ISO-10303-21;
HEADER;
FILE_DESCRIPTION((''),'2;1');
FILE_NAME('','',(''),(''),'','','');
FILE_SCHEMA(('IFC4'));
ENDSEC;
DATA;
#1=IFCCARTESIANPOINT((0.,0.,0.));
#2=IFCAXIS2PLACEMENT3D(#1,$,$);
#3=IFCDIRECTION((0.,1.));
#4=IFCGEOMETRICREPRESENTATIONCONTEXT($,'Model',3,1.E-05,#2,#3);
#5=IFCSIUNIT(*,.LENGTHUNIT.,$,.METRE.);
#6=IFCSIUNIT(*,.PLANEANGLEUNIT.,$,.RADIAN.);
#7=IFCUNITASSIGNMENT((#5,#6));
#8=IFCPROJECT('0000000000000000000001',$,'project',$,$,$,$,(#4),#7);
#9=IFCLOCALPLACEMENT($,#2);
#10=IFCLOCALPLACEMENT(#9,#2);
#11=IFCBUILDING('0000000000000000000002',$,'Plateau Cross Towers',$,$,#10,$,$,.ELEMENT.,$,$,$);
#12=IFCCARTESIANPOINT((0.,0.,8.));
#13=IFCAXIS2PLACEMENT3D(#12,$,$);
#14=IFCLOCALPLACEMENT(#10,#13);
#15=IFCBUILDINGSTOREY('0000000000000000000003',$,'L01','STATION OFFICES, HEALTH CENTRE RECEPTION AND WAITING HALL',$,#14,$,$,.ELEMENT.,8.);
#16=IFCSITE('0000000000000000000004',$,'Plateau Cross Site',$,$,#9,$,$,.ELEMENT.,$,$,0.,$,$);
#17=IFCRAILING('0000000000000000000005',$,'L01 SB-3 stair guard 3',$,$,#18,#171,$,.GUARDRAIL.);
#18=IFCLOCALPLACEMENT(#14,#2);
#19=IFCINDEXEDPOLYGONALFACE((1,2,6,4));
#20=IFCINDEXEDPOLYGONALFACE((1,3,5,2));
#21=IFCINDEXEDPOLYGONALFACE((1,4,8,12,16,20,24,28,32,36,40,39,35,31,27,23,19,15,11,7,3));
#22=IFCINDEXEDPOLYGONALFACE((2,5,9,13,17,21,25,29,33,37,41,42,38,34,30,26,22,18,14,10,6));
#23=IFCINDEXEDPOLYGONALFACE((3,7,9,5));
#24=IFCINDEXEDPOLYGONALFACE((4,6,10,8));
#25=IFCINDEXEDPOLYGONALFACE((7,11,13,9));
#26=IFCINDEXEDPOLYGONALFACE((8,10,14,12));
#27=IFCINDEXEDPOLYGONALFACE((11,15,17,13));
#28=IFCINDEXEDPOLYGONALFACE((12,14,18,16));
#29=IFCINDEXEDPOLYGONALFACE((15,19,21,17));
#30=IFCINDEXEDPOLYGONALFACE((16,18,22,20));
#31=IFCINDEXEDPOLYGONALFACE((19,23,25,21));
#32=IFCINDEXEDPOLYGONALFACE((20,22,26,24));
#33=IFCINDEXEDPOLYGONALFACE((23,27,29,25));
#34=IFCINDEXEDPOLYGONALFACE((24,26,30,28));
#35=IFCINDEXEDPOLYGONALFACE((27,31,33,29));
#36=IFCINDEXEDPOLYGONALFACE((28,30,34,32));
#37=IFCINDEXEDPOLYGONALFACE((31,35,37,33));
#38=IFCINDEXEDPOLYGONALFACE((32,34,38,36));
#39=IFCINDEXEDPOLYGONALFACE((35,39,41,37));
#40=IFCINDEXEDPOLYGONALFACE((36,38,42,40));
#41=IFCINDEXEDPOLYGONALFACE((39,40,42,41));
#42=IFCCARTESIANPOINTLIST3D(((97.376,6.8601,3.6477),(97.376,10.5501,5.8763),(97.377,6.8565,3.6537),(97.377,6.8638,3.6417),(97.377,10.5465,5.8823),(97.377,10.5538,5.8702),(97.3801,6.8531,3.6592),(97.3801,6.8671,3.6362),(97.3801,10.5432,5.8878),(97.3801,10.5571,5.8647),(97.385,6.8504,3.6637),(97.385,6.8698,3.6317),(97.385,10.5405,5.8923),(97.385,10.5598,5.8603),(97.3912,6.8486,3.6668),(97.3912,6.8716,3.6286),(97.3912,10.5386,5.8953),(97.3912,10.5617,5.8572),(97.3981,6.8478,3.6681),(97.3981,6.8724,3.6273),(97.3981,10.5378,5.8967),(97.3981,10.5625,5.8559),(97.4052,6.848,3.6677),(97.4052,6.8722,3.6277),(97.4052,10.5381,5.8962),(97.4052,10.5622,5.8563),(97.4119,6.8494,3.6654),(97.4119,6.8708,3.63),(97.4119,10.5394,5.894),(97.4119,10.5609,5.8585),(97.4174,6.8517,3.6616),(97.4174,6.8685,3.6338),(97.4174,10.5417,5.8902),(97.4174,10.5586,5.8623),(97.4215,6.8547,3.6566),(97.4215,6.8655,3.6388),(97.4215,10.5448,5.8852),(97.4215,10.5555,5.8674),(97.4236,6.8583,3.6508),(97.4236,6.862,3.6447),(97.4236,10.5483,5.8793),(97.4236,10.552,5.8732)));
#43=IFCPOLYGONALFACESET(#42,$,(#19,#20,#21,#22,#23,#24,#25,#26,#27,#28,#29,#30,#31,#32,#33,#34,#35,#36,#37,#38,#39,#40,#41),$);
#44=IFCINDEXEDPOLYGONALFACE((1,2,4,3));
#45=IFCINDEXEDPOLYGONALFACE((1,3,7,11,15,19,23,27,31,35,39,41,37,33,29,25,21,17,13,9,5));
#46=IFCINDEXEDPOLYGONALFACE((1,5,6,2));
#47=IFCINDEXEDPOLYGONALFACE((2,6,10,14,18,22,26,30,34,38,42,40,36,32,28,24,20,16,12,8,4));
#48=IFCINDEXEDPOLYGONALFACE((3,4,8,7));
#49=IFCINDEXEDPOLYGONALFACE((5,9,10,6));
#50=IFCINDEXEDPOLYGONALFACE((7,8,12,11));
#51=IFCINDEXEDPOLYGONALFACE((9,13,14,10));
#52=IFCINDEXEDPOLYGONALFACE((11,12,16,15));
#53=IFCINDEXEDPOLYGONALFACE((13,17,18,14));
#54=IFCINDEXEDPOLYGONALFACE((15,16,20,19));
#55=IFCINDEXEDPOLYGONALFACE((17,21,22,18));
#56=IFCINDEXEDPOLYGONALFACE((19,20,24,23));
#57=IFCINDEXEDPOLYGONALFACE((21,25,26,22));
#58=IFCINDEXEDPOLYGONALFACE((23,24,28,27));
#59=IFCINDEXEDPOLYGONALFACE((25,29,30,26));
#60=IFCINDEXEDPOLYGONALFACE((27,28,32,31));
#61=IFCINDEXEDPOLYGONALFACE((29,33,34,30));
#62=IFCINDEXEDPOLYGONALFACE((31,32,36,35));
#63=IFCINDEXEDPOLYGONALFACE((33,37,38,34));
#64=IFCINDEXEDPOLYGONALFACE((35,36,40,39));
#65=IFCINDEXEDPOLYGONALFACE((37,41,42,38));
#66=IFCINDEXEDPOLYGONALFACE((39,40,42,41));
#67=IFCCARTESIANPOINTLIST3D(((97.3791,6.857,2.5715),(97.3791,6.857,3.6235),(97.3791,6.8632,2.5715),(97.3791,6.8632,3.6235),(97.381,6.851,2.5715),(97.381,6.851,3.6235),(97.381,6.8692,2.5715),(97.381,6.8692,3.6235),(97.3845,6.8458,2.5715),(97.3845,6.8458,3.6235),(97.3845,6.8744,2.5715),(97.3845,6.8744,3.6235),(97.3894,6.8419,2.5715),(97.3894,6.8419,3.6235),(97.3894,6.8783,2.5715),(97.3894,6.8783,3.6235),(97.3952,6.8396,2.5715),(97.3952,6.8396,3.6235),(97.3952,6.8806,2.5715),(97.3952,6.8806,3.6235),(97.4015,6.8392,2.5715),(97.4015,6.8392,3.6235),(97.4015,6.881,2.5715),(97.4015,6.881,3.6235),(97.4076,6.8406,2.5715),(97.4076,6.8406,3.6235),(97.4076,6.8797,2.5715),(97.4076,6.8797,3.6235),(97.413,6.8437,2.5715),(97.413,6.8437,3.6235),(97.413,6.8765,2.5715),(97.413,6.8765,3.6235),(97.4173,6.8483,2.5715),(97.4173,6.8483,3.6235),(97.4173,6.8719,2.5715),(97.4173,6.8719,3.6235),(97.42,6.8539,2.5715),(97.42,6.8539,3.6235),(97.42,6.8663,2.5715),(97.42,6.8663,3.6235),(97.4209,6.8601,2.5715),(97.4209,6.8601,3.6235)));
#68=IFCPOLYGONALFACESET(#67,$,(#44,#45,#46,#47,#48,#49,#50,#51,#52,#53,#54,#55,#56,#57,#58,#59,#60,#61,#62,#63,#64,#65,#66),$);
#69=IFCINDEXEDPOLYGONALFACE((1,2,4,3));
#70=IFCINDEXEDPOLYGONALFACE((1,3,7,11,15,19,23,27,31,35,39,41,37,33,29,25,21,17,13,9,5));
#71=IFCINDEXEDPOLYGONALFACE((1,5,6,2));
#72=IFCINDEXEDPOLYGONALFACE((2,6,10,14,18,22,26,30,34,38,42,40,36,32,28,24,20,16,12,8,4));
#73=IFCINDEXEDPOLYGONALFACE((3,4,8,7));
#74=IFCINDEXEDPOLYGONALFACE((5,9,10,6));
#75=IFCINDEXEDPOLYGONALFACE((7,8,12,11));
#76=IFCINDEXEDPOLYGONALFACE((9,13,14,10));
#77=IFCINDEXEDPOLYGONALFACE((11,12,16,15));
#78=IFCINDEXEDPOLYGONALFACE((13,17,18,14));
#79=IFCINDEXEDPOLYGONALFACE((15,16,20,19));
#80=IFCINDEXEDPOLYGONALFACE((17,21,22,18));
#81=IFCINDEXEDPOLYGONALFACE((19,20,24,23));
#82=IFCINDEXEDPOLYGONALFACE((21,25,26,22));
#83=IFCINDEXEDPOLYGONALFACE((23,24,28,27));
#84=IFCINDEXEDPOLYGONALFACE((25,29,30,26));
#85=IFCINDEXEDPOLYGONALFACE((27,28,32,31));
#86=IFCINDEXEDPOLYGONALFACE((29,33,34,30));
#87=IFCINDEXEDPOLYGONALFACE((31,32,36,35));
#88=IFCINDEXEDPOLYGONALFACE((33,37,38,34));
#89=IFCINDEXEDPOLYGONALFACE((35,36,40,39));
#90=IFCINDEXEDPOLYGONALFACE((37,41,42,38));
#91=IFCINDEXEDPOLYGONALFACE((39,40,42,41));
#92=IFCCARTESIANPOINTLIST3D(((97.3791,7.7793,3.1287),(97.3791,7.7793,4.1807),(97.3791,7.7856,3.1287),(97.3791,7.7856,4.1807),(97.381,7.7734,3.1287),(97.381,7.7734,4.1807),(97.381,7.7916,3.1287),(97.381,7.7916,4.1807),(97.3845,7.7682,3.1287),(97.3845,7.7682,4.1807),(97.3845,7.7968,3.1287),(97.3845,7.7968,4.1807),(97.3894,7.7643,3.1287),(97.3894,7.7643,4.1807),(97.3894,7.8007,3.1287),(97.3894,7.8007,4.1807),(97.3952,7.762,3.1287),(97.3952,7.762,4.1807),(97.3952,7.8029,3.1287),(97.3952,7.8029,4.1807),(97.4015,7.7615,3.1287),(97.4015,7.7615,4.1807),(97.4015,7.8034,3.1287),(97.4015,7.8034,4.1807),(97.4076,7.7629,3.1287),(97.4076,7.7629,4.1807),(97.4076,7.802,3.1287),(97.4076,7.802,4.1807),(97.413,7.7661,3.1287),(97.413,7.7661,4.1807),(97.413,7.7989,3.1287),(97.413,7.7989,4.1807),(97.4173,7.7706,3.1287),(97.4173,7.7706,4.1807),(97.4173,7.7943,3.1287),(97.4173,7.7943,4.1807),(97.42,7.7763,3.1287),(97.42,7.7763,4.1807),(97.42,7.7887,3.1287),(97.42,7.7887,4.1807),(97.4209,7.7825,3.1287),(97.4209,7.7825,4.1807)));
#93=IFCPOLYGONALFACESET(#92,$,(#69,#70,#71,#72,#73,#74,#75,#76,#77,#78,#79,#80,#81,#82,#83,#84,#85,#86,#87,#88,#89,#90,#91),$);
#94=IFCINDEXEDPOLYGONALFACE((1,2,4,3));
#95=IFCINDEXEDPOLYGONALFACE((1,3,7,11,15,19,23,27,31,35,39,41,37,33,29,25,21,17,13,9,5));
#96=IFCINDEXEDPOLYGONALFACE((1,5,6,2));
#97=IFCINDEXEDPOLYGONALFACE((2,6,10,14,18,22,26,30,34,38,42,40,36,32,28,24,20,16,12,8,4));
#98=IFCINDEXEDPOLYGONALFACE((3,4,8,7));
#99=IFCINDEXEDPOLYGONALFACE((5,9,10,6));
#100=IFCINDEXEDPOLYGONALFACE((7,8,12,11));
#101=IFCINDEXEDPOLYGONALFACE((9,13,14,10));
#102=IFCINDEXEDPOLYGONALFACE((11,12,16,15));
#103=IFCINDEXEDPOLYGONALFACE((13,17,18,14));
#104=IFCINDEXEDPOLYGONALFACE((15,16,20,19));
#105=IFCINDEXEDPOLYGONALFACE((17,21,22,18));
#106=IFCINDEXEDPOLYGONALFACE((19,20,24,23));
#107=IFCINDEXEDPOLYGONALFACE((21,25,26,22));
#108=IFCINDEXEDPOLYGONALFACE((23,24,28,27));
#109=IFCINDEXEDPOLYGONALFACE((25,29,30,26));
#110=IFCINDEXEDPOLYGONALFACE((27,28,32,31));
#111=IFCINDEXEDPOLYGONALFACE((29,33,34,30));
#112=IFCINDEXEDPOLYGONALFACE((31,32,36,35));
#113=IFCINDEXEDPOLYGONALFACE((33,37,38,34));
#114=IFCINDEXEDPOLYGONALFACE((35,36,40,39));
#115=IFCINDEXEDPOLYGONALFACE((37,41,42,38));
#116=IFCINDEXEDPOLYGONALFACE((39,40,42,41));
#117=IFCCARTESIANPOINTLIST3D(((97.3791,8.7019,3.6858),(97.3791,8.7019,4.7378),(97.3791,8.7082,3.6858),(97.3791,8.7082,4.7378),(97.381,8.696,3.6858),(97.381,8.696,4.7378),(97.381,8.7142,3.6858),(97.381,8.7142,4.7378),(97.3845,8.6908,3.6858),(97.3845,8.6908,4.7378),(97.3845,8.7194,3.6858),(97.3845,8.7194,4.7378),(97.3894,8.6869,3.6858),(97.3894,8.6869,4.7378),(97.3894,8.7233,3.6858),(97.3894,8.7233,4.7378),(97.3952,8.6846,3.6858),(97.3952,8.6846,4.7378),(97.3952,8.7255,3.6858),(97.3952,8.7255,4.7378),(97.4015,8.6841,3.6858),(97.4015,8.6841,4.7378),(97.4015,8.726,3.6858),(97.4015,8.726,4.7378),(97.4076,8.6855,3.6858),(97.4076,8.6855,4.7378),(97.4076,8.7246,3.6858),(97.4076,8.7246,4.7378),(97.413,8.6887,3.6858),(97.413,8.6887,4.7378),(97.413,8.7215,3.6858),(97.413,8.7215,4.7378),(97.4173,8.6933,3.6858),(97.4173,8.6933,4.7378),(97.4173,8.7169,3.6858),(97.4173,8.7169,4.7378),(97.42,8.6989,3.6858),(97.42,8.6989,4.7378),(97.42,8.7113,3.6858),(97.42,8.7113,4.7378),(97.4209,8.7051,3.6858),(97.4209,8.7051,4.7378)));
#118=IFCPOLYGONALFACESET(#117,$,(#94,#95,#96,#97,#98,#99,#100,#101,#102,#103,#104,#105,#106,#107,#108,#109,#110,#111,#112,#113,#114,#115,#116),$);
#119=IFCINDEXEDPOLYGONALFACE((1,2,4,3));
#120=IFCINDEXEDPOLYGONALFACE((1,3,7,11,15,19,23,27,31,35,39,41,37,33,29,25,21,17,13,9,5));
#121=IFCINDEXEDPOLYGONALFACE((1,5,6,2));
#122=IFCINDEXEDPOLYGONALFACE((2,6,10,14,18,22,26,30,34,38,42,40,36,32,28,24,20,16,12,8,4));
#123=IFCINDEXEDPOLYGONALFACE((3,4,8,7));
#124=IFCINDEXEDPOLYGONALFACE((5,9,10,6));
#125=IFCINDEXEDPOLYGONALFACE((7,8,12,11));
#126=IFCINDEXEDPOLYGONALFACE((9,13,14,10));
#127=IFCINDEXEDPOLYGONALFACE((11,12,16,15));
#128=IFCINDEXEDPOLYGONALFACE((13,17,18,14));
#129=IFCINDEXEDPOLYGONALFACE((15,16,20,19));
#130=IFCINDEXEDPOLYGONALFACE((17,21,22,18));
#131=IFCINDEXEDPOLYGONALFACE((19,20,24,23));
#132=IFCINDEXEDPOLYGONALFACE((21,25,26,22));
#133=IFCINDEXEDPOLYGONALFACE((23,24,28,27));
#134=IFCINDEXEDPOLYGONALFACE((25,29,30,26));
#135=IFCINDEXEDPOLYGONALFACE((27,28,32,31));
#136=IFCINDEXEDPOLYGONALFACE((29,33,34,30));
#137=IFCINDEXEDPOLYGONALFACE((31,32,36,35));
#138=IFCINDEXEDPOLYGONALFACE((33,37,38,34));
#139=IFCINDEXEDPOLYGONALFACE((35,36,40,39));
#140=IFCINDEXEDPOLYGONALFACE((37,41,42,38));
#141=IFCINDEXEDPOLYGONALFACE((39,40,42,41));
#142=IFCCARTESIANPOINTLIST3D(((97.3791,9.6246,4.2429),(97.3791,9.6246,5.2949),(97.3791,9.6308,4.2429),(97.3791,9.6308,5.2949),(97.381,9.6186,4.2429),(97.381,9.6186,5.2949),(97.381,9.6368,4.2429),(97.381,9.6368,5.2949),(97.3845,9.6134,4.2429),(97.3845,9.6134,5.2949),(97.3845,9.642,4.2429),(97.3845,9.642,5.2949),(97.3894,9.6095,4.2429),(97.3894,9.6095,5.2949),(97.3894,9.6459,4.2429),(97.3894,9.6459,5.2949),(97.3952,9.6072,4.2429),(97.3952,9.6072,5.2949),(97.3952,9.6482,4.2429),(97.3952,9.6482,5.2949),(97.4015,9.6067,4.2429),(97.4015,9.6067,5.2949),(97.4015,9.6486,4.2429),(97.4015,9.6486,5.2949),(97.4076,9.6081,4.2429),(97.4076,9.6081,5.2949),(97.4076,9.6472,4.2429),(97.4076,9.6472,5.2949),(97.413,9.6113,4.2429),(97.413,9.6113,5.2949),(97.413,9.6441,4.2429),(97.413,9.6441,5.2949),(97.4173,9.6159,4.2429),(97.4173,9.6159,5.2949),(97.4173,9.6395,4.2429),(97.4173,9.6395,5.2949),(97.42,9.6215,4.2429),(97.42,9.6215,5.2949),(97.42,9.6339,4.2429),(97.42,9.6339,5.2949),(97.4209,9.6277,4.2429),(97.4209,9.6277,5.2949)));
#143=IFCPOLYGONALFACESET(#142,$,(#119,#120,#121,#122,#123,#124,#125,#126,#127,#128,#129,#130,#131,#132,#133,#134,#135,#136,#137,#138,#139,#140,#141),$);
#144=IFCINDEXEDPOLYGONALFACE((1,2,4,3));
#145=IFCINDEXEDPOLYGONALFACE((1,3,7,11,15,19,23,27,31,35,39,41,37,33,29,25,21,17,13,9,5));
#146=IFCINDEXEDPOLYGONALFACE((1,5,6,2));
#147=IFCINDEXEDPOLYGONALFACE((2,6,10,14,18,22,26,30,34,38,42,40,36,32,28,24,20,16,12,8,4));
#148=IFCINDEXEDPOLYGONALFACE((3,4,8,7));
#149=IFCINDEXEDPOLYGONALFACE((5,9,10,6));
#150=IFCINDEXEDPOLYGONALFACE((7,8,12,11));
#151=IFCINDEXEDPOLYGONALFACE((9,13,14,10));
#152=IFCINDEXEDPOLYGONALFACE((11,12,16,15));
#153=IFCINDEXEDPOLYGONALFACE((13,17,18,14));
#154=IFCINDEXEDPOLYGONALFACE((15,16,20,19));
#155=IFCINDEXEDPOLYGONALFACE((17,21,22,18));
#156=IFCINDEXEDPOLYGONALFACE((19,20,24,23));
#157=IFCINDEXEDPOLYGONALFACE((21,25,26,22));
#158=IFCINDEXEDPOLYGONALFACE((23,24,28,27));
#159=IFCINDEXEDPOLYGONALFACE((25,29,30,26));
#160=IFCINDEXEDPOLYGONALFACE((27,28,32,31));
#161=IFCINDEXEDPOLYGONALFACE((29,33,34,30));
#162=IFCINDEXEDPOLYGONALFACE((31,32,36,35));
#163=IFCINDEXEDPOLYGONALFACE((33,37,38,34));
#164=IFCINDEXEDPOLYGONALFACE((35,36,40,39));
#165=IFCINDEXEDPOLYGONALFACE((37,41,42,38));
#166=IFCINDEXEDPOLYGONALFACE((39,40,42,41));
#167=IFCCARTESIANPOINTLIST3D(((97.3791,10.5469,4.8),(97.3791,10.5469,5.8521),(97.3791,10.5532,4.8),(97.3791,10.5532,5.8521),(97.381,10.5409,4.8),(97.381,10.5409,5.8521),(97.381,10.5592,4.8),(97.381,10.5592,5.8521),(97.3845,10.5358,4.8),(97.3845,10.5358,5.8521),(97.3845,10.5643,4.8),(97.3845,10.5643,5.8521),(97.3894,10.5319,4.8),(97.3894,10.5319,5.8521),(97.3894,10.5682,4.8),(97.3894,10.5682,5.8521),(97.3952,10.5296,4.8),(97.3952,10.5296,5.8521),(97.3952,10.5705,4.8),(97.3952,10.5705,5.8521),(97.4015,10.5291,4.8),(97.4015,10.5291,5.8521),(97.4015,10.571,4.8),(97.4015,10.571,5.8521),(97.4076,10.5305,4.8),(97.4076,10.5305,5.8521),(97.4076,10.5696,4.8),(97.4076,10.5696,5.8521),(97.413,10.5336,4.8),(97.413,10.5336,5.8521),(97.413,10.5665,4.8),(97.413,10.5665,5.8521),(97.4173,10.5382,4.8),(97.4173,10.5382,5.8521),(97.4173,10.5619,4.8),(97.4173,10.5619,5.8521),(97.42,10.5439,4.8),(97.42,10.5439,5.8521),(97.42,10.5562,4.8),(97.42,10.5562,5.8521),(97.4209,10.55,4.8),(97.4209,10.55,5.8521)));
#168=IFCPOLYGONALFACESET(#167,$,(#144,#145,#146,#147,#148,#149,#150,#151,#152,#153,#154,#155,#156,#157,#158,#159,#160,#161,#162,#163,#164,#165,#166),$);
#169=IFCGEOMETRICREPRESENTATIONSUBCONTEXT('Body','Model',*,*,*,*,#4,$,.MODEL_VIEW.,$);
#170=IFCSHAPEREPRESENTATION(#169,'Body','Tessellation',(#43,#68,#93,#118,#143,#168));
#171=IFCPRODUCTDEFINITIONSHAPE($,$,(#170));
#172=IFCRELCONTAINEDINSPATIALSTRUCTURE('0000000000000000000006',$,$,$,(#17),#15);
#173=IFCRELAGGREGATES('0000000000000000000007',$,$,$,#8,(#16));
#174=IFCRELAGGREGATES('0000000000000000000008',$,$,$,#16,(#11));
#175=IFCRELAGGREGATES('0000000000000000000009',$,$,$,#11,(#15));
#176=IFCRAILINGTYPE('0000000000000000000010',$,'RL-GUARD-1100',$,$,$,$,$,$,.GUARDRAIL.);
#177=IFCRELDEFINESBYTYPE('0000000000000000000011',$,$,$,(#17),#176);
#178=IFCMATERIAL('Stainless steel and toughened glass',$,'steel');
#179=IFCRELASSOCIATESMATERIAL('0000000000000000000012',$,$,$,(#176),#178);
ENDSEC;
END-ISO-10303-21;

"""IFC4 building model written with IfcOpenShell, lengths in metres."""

from ifc_helpers import new_model, si_unit, direction, frame, origin, origin_2d, place, context, subcontext, project, spatial, circle, extrude, material, type_object, element, save


model = new_model("IFC4")

# Units and contexts
model_context = context("Model", 3, precision=1e-05, world=origin(), true_north=direction((0.0, 1.0)))
body_context = subcontext(model_context, "Body", "Model", "MODEL_VIEW")
ifc_project = project(units=[si_unit("LENGTHUNIT", "METRE"), si_unit("PLANEANGLEUNIT", "RADIAN")], contexts=[model_context])

# Site, building, storey
site_placement = place(None, origin())
site = spatial("IfcSite", under=ifc_project, at=site_placement, Name="Plateau Cross Site", CompositionType="ELEMENT", RefElevation=0.0)
building_placement = place(site_placement, origin())
building = spatial("IfcBuilding", under=site, at=building_placement, Name="Plateau Cross Towers", CompositionType="ELEMENT")
storey_placement = place(building_placement, frame((0.0, 0.0, 8.0)))
storey = spatial("IfcBuildingStorey", under=building, at=storey_placement, Name="L01", Description="STATION OFFICES, HEALTH CENTRE RECEPTION AND WAITING HALL", CompositionType="ELEMENT", Elevation=8.0)

# Railing
ifc_material_1 = material(Name="Stainless steel and toughened glass", Category="steel")
railing_type_1 = type_object("IfcRailingType", Name="RL-GUARD-1100", PredefinedType="GUARDRAIL", material=ifc_material_1)
railing_1_placement = place(storey_placement, frame((97.3999, 6.8601, 2.5715)))
element("IfcRailing", 1, at=railing_1_placement, inside=storey, type_object=railing_type_1, Name="L01 SB-3 stair guard 3", PredefinedType="GUARDRAIL", context=body_context, shape_type="SweptSolid", body=[
    extrude(circle(Radius=0.0239, at=origin_2d()), frame((0.0, 0.0, 1.0762), z_axis=(0.0, 0.856, 0.516976), x_axis=(-1.0, 0.0, 0.0)), (0.0, 0.0, 1.0), 4.3108),
    extrude(circle(Radius=0.021, at=origin_2d()), origin(), (0.0, 0.0, 1.0), 1.052),
    extrude(circle(Radius=0.021, at=origin_2d()), frame((0.0, 0.9224, 0.5571)), (0.0, 0.0, 1.0), 1.052),
    extrude(circle(Radius=0.021, at=origin_2d()), frame((0.0, 1.845, 1.1143)), (0.0, 0.0, 1.0), 1.052),
    extrude(circle(Radius=0.021, at=origin_2d()), frame((0.0, 2.7676, 1.6714)), (0.0, 0.0, 1.0), 1.052),
    extrude(circle(Radius=0.021, at=origin_2d()), frame((0.0, 3.6899, 2.2285)), (0.0, 0.0, 1.0), 1.052),
])

save(model, "model.ifc")
